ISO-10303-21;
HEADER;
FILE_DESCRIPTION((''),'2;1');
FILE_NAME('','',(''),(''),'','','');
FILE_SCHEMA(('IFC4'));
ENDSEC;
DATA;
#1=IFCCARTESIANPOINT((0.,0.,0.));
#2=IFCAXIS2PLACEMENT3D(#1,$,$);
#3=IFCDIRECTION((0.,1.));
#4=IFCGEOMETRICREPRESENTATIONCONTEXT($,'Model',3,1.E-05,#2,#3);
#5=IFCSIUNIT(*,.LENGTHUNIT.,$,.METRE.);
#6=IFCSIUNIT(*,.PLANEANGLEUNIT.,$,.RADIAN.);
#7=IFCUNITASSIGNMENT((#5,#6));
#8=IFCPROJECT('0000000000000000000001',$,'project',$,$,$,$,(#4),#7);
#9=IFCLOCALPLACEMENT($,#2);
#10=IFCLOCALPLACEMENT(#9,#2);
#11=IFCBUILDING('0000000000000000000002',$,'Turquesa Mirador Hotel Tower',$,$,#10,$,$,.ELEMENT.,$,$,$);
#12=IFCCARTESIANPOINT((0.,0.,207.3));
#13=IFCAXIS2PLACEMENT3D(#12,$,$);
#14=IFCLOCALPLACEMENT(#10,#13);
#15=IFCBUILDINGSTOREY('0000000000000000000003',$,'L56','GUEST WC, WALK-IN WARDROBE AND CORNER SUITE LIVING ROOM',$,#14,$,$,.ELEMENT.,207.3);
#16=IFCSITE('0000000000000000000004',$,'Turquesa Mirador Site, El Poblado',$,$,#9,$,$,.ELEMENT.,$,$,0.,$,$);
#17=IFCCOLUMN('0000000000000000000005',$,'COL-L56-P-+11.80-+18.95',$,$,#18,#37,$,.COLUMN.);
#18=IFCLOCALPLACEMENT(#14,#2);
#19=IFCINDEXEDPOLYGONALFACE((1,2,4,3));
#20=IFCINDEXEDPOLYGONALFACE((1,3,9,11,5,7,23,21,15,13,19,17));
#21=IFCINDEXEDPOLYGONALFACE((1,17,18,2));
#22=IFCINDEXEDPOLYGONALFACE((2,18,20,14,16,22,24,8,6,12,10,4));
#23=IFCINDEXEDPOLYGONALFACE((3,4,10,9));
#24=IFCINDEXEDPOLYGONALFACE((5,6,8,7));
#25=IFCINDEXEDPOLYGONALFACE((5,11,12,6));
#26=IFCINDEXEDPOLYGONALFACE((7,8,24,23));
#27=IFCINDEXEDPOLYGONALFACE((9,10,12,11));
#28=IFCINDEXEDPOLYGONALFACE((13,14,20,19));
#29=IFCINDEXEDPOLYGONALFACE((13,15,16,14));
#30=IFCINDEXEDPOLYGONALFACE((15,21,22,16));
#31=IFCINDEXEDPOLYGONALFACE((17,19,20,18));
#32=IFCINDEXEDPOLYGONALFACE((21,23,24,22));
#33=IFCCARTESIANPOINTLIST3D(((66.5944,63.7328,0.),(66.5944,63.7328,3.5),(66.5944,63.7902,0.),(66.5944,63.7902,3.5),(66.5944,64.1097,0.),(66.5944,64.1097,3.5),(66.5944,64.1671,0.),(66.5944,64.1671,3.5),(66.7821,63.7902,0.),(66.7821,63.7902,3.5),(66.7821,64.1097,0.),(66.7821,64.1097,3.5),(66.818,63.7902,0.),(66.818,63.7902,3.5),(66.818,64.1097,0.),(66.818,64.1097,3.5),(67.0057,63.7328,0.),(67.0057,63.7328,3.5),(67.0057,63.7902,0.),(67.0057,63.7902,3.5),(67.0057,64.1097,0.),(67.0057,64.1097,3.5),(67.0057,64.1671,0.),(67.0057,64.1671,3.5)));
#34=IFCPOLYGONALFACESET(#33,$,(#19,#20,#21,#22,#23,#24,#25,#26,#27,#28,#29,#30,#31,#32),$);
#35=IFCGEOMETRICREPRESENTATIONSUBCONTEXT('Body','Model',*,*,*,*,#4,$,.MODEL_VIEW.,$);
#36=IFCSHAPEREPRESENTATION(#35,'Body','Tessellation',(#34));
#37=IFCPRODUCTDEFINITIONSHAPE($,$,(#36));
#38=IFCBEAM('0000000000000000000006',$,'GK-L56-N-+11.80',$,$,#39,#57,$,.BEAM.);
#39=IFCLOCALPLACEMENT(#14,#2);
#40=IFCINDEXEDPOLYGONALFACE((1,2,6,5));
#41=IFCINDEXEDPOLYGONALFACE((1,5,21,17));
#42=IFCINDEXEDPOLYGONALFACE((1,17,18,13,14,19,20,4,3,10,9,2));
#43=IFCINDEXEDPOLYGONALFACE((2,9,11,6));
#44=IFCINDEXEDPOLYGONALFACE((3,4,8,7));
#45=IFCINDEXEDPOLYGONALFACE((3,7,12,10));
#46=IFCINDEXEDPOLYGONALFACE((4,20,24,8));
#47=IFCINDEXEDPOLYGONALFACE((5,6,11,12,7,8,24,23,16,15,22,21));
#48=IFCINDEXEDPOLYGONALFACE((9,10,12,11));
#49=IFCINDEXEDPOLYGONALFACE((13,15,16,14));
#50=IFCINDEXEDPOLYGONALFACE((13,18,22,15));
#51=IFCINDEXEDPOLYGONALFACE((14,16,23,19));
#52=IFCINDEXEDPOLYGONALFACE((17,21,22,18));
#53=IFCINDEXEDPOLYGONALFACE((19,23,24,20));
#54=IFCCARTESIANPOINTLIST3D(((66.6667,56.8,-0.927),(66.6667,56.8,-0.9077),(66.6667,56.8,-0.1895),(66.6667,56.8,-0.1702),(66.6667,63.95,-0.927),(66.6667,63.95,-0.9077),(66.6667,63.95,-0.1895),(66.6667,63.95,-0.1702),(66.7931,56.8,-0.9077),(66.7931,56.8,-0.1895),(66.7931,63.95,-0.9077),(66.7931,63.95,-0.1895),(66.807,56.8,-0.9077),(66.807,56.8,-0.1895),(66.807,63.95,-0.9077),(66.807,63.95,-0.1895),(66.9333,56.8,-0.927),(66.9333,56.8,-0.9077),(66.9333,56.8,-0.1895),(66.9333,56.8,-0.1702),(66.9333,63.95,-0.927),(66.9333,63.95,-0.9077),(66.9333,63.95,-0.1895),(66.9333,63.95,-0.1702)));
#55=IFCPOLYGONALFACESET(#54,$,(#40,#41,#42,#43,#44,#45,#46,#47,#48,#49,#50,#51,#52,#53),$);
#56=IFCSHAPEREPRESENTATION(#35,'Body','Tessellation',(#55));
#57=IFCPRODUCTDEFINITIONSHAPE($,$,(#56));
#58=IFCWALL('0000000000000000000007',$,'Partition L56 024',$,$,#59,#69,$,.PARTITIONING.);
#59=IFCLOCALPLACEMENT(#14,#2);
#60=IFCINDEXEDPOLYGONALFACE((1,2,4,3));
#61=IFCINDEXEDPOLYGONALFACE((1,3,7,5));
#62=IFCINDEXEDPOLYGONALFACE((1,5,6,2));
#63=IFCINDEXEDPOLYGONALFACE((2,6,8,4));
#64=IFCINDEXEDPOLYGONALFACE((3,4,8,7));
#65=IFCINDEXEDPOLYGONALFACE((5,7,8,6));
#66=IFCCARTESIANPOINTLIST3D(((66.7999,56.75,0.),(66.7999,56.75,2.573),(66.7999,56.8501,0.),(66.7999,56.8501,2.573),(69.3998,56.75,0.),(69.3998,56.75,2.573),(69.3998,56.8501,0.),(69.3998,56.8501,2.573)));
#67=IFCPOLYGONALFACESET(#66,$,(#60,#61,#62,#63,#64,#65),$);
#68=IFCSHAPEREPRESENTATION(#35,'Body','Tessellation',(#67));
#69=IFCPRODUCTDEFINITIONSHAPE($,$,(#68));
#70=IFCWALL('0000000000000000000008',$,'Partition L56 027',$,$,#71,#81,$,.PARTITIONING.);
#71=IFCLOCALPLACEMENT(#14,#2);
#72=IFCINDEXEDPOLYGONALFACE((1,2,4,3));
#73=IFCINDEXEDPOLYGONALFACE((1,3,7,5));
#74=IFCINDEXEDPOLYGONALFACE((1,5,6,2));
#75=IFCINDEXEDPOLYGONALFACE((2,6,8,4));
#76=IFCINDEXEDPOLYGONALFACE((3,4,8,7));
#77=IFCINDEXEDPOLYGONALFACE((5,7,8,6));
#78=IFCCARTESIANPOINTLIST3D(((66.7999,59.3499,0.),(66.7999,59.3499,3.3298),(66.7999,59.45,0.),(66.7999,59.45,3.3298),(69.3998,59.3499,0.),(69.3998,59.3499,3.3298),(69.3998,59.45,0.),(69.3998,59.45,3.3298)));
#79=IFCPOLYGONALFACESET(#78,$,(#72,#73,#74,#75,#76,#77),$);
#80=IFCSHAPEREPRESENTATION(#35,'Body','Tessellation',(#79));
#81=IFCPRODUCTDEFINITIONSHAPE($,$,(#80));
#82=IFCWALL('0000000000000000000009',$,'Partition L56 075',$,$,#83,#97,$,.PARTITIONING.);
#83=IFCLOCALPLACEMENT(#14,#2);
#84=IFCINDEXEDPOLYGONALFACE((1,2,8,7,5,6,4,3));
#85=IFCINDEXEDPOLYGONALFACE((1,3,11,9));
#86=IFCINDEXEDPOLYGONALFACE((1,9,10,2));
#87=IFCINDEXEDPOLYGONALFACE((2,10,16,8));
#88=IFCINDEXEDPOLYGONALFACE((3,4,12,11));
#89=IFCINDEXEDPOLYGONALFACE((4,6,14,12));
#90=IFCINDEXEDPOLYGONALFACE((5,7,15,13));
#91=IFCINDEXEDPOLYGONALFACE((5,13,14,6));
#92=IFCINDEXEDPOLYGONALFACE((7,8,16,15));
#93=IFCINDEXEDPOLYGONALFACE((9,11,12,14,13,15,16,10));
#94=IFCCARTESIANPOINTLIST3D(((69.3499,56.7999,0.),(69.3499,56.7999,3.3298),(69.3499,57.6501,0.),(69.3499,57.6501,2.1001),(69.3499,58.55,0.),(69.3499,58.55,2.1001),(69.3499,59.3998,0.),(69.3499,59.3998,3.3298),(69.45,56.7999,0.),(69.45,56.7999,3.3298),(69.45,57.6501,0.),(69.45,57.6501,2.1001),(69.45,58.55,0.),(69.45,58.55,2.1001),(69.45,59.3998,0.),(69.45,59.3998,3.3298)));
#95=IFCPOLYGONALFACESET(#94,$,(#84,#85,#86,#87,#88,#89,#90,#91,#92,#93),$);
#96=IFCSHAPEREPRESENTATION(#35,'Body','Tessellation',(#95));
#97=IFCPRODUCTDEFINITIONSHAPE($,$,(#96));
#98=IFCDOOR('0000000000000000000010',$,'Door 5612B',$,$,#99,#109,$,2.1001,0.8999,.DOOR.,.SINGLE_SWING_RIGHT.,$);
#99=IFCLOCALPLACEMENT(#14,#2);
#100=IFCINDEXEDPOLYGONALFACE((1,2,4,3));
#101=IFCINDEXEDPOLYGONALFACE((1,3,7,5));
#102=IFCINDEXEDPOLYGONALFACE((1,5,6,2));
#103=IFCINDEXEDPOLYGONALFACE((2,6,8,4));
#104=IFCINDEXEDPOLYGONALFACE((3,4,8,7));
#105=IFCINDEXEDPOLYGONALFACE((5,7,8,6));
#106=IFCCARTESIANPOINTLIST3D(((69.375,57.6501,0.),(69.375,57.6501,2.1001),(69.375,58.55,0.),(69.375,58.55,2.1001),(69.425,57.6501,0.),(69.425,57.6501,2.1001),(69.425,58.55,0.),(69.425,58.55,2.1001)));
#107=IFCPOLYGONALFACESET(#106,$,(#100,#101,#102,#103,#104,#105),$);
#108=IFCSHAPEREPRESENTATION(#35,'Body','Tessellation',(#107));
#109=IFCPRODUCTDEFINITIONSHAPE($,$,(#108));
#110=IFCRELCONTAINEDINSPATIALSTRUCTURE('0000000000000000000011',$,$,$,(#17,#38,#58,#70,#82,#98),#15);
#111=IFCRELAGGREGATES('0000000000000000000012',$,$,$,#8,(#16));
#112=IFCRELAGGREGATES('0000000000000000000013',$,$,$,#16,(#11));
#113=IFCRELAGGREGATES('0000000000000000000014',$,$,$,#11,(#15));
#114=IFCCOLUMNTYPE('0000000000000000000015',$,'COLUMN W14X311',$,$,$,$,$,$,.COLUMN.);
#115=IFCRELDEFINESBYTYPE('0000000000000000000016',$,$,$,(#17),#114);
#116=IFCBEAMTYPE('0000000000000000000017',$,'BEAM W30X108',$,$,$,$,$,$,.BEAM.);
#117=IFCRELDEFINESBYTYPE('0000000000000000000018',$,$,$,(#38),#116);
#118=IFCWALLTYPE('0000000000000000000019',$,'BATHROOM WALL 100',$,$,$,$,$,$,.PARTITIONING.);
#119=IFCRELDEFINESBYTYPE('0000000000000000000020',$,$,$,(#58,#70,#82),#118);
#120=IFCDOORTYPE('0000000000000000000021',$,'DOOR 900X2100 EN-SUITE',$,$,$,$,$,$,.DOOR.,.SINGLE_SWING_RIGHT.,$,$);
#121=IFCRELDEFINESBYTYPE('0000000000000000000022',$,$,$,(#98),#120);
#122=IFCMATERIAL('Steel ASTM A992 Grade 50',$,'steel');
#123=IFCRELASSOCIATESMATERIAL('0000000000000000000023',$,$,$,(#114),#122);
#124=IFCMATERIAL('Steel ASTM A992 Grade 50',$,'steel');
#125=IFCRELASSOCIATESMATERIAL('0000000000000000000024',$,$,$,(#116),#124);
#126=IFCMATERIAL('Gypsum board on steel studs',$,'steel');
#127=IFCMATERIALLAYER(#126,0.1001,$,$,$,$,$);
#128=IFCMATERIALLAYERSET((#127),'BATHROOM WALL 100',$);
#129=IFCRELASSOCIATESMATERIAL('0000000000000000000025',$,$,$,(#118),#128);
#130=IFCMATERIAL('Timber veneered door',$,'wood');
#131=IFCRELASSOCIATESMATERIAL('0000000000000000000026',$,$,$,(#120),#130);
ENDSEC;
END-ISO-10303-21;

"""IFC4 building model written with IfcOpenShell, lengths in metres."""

from ifc_helpers import new_model, si_unit, direction, frame, frame_2d, origin, origin_2d, place, context, subcontext, project, spatial, rectangle, i_section, extrude, material, layer, layer_set, material_profile, profile_set, type_object, element, fill, save


model = new_model("IFC4")

# Units and contexts
model_context = context("Model", 3, precision=1e-05, world=origin(), true_north=direction((0.0, 1.0)))
body_context = subcontext(model_context, "Body", "Model", "MODEL_VIEW")
ifc_project = project(units=[si_unit("LENGTHUNIT", "METRE"), si_unit("PLANEANGLEUNIT", "RADIAN")], contexts=[model_context])

# Site, building, storey
site_placement = place(None, origin())
site = spatial("IfcSite", under=ifc_project, at=site_placement, Name="Turquesa Mirador Site, El Poblado", CompositionType="ELEMENT", RefElevation=0.0)
building_placement = place(site_placement, origin())
building = spatial("IfcBuilding", under=site, at=building_placement, Name="Turquesa Mirador Hotel Tower", CompositionType="ELEMENT")
storey_placement = place(building_placement, frame((0.0, 0.0, 207.3)))
storey = spatial("IfcBuildingStorey", under=building, at=storey_placement, Name="L56", Description="GUEST WC, WALK-IN WARDROBE AND CORNER SUITE LIVING ROOM", CompositionType="ELEMENT", Elevation=207.3)

# Column
ifc_material_1 = material(Name="Steel ASTM A992 Grade 50", Category="steel")
ifc_material_profile_1 = material_profile(ifc_material_1, i_section(OverallWidth=0.4114, OverallDepth=0.4343, WebThickness=0.0359, FlangeThickness=0.0574, at=origin_2d()), Name="W14X311")
ifc_profile_set_1 = profile_set([ifc_material_profile_1], Name="Steel ASTM A992 Grade 50")
column_type = type_object("IfcColumnType", Name="COLUMN W14X311", PredefinedType="COLUMN", material=ifc_profile_set_1)
column_placement = place(storey_placement, frame((66.8, 63.95, 0.0), z_axis=(0.0, 0.0, 1.0), x_axis=(1.0, 0.0, 0.0)))
element("IfcColumn", 1, at=column_placement, inside=storey, type_object=column_type, Name="COL-L56-P-+11.80-+18.95", PredefinedType="COLUMN", context=body_context, shape_type="SweptSolid", body=[
    extrude(i_section(OverallWidth=0.4114, OverallDepth=0.4343, WebThickness=0.0359, FlangeThickness=0.0574, at=origin_2d()), origin(), (0.0, 0.0, 1.0), 3.5),
])

# Beam
ifc_material_2 = material(Name="Steel ASTM A992 Grade 50", Category="steel")
ifc_material_profile_2 = material_profile(ifc_material_2, i_section(OverallWidth=0.2666, OverallDepth=0.7568, WebThickness=0.0139, FlangeThickness=0.0193, at=origin_2d()), Name="W30X108")
ifc_profile_set_2 = profile_set([ifc_material_profile_2], Name="Steel ASTM A992 Grade 50")
beam_type = type_object("IfcBeamType", Name="BEAM W30X108", PredefinedType="BEAM", material=ifc_profile_set_2)
beam_placement = place(storey_placement, frame((66.8, 63.95, -0.5486), z_axis=(0.0, -1.0, 0.0), x_axis=(1.0, 0.0, 0.0)))
element("IfcBeam", 2, at=beam_placement, inside=storey, type_object=beam_type, Name="GK-L56-N-+11.80", PredefinedType="BEAM", context=body_context, shape_type="SweptSolid", body=[
    extrude(i_section(OverallWidth=0.2666, OverallDepth=0.7568, WebThickness=0.0139, FlangeThickness=0.0193, at=origin_2d()), origin(), (0.0, 0.0, 1.0), 7.1499),
])

# Walls
ifc_material_3 = material(Name="Gypsum board on steel studs", Category="steel")
ifc_layer_1 = layer(ifc_material_3, 0.1001)
ifc_layer_set_1 = layer_set([ifc_layer_1], Name="BATHROOM WALL 100")
wall_type_1 = type_object("IfcWallType", Name="BATHROOM WALL 100", PredefinedType="PARTITIONING", material=ifc_layer_set_1)
wall_1_placement = place(storey_placement, frame((66.8, 56.8, 0.0), z_axis=(0.0, 0.0, 1.0), x_axis=(1.0, 0.0, 0.0)))
element("IfcWall", 3, at=wall_1_placement, inside=storey, type_object=wall_type_1, Name="Partition L56 024", PredefinedType="PARTITIONING", context=body_context, shape_type="SweptSolid", body=[
    extrude(rectangle(XDim=2.5999, YDim=0.1001, at=frame_2d((1.2998, 0.0))), origin(), (0.0, 0.0, 1.0), 2.573),
])
wall_2_placement = place(storey_placement, frame((66.8, 59.3999, 0.0), z_axis=(0.0, 0.0, 1.0), x_axis=(1.0, 0.0, 0.0)))
element("IfcWall", 4, at=wall_2_placement, inside=storey, type_object=wall_type_1, Name="Partition L56 027", PredefinedType="PARTITIONING", context=body_context, shape_type="SweptSolid", body=[
    extrude(rectangle(XDim=2.5999, YDim=0.1001, at=frame_2d((1.2998, 0.0))), origin(), (0.0, 0.0, 1.0), 3.3298),
])

# Wall, opening, door
wall_3_placement = place(storey_placement, frame((69.3999, 56.8, 0.0), z_axis=(0.0, 0.0, 1.0), x_axis=(0.0, 1.0, 0.0)))
wall_3 = element("IfcWall", 5, at=wall_3_placement, inside=storey, type_object=wall_type_1, Name="Partition L56 075", PredefinedType="PARTITIONING", context=body_context, shape_type="SweptSolid", body=[
    extrude(rectangle(XDim=2.5999, YDim=0.1001, at=frame_2d((1.2998, 0.0))), origin(), (0.0, 0.0, 1.0), 3.3298),
])
opening_1_placement = place(wall_3_placement, frame((0.8501, 0.0, 0.0)))
opening_1 = element("IfcOpeningElement", 6, at=opening_1_placement, cuts=wall_3, PredefinedType="OPENING", context=body_context, shape_type="SweptSolid", body=[
    extrude(rectangle(XDim=0.8999, YDim=2.1001, at=frame_2d((0.45, 1.05))), frame((0.0, 0.0601, 0.0), z_axis=(0.0, -1.0, 0.0), x_axis=(1.0, 0.0, 0.0)), (0.0, 0.0, 1.0), 0.1201),
])
ifc_material_4 = material(Name="Timber veneered door", Category="wood")
door_type_1 = type_object("IfcDoorType", Name="DOOR 900X2100 EN-SUITE", OperationType="SINGLE_SWING_RIGHT", PredefinedType="DOOR", material=ifc_material_4)
door_1_placement = place(opening_1_placement, origin())
door_1 = element("IfcDoor", 7, at=door_1_placement, inside=storey, type_object=door_type_1, Name="Door 5612B", OperationType="SINGLE_SWING_RIGHT", OverallHeight=2.1001, OverallWidth=0.8999, PredefinedType="DOOR", context=body_context, shape_type="SweptSolid", body=[
    extrude(rectangle(XDim=0.8999, YDim=2.1001, at=frame_2d((0.45, 1.05))), frame((0.0, 0.0249, 0.0), z_axis=(0.0, -1.0, 0.0), x_axis=(1.0, 0.0, 0.0)), (0.0, 0.0, 1.0), 0.05),
])
fill(opening_1, door_1)

save(model, "model.ifc")
